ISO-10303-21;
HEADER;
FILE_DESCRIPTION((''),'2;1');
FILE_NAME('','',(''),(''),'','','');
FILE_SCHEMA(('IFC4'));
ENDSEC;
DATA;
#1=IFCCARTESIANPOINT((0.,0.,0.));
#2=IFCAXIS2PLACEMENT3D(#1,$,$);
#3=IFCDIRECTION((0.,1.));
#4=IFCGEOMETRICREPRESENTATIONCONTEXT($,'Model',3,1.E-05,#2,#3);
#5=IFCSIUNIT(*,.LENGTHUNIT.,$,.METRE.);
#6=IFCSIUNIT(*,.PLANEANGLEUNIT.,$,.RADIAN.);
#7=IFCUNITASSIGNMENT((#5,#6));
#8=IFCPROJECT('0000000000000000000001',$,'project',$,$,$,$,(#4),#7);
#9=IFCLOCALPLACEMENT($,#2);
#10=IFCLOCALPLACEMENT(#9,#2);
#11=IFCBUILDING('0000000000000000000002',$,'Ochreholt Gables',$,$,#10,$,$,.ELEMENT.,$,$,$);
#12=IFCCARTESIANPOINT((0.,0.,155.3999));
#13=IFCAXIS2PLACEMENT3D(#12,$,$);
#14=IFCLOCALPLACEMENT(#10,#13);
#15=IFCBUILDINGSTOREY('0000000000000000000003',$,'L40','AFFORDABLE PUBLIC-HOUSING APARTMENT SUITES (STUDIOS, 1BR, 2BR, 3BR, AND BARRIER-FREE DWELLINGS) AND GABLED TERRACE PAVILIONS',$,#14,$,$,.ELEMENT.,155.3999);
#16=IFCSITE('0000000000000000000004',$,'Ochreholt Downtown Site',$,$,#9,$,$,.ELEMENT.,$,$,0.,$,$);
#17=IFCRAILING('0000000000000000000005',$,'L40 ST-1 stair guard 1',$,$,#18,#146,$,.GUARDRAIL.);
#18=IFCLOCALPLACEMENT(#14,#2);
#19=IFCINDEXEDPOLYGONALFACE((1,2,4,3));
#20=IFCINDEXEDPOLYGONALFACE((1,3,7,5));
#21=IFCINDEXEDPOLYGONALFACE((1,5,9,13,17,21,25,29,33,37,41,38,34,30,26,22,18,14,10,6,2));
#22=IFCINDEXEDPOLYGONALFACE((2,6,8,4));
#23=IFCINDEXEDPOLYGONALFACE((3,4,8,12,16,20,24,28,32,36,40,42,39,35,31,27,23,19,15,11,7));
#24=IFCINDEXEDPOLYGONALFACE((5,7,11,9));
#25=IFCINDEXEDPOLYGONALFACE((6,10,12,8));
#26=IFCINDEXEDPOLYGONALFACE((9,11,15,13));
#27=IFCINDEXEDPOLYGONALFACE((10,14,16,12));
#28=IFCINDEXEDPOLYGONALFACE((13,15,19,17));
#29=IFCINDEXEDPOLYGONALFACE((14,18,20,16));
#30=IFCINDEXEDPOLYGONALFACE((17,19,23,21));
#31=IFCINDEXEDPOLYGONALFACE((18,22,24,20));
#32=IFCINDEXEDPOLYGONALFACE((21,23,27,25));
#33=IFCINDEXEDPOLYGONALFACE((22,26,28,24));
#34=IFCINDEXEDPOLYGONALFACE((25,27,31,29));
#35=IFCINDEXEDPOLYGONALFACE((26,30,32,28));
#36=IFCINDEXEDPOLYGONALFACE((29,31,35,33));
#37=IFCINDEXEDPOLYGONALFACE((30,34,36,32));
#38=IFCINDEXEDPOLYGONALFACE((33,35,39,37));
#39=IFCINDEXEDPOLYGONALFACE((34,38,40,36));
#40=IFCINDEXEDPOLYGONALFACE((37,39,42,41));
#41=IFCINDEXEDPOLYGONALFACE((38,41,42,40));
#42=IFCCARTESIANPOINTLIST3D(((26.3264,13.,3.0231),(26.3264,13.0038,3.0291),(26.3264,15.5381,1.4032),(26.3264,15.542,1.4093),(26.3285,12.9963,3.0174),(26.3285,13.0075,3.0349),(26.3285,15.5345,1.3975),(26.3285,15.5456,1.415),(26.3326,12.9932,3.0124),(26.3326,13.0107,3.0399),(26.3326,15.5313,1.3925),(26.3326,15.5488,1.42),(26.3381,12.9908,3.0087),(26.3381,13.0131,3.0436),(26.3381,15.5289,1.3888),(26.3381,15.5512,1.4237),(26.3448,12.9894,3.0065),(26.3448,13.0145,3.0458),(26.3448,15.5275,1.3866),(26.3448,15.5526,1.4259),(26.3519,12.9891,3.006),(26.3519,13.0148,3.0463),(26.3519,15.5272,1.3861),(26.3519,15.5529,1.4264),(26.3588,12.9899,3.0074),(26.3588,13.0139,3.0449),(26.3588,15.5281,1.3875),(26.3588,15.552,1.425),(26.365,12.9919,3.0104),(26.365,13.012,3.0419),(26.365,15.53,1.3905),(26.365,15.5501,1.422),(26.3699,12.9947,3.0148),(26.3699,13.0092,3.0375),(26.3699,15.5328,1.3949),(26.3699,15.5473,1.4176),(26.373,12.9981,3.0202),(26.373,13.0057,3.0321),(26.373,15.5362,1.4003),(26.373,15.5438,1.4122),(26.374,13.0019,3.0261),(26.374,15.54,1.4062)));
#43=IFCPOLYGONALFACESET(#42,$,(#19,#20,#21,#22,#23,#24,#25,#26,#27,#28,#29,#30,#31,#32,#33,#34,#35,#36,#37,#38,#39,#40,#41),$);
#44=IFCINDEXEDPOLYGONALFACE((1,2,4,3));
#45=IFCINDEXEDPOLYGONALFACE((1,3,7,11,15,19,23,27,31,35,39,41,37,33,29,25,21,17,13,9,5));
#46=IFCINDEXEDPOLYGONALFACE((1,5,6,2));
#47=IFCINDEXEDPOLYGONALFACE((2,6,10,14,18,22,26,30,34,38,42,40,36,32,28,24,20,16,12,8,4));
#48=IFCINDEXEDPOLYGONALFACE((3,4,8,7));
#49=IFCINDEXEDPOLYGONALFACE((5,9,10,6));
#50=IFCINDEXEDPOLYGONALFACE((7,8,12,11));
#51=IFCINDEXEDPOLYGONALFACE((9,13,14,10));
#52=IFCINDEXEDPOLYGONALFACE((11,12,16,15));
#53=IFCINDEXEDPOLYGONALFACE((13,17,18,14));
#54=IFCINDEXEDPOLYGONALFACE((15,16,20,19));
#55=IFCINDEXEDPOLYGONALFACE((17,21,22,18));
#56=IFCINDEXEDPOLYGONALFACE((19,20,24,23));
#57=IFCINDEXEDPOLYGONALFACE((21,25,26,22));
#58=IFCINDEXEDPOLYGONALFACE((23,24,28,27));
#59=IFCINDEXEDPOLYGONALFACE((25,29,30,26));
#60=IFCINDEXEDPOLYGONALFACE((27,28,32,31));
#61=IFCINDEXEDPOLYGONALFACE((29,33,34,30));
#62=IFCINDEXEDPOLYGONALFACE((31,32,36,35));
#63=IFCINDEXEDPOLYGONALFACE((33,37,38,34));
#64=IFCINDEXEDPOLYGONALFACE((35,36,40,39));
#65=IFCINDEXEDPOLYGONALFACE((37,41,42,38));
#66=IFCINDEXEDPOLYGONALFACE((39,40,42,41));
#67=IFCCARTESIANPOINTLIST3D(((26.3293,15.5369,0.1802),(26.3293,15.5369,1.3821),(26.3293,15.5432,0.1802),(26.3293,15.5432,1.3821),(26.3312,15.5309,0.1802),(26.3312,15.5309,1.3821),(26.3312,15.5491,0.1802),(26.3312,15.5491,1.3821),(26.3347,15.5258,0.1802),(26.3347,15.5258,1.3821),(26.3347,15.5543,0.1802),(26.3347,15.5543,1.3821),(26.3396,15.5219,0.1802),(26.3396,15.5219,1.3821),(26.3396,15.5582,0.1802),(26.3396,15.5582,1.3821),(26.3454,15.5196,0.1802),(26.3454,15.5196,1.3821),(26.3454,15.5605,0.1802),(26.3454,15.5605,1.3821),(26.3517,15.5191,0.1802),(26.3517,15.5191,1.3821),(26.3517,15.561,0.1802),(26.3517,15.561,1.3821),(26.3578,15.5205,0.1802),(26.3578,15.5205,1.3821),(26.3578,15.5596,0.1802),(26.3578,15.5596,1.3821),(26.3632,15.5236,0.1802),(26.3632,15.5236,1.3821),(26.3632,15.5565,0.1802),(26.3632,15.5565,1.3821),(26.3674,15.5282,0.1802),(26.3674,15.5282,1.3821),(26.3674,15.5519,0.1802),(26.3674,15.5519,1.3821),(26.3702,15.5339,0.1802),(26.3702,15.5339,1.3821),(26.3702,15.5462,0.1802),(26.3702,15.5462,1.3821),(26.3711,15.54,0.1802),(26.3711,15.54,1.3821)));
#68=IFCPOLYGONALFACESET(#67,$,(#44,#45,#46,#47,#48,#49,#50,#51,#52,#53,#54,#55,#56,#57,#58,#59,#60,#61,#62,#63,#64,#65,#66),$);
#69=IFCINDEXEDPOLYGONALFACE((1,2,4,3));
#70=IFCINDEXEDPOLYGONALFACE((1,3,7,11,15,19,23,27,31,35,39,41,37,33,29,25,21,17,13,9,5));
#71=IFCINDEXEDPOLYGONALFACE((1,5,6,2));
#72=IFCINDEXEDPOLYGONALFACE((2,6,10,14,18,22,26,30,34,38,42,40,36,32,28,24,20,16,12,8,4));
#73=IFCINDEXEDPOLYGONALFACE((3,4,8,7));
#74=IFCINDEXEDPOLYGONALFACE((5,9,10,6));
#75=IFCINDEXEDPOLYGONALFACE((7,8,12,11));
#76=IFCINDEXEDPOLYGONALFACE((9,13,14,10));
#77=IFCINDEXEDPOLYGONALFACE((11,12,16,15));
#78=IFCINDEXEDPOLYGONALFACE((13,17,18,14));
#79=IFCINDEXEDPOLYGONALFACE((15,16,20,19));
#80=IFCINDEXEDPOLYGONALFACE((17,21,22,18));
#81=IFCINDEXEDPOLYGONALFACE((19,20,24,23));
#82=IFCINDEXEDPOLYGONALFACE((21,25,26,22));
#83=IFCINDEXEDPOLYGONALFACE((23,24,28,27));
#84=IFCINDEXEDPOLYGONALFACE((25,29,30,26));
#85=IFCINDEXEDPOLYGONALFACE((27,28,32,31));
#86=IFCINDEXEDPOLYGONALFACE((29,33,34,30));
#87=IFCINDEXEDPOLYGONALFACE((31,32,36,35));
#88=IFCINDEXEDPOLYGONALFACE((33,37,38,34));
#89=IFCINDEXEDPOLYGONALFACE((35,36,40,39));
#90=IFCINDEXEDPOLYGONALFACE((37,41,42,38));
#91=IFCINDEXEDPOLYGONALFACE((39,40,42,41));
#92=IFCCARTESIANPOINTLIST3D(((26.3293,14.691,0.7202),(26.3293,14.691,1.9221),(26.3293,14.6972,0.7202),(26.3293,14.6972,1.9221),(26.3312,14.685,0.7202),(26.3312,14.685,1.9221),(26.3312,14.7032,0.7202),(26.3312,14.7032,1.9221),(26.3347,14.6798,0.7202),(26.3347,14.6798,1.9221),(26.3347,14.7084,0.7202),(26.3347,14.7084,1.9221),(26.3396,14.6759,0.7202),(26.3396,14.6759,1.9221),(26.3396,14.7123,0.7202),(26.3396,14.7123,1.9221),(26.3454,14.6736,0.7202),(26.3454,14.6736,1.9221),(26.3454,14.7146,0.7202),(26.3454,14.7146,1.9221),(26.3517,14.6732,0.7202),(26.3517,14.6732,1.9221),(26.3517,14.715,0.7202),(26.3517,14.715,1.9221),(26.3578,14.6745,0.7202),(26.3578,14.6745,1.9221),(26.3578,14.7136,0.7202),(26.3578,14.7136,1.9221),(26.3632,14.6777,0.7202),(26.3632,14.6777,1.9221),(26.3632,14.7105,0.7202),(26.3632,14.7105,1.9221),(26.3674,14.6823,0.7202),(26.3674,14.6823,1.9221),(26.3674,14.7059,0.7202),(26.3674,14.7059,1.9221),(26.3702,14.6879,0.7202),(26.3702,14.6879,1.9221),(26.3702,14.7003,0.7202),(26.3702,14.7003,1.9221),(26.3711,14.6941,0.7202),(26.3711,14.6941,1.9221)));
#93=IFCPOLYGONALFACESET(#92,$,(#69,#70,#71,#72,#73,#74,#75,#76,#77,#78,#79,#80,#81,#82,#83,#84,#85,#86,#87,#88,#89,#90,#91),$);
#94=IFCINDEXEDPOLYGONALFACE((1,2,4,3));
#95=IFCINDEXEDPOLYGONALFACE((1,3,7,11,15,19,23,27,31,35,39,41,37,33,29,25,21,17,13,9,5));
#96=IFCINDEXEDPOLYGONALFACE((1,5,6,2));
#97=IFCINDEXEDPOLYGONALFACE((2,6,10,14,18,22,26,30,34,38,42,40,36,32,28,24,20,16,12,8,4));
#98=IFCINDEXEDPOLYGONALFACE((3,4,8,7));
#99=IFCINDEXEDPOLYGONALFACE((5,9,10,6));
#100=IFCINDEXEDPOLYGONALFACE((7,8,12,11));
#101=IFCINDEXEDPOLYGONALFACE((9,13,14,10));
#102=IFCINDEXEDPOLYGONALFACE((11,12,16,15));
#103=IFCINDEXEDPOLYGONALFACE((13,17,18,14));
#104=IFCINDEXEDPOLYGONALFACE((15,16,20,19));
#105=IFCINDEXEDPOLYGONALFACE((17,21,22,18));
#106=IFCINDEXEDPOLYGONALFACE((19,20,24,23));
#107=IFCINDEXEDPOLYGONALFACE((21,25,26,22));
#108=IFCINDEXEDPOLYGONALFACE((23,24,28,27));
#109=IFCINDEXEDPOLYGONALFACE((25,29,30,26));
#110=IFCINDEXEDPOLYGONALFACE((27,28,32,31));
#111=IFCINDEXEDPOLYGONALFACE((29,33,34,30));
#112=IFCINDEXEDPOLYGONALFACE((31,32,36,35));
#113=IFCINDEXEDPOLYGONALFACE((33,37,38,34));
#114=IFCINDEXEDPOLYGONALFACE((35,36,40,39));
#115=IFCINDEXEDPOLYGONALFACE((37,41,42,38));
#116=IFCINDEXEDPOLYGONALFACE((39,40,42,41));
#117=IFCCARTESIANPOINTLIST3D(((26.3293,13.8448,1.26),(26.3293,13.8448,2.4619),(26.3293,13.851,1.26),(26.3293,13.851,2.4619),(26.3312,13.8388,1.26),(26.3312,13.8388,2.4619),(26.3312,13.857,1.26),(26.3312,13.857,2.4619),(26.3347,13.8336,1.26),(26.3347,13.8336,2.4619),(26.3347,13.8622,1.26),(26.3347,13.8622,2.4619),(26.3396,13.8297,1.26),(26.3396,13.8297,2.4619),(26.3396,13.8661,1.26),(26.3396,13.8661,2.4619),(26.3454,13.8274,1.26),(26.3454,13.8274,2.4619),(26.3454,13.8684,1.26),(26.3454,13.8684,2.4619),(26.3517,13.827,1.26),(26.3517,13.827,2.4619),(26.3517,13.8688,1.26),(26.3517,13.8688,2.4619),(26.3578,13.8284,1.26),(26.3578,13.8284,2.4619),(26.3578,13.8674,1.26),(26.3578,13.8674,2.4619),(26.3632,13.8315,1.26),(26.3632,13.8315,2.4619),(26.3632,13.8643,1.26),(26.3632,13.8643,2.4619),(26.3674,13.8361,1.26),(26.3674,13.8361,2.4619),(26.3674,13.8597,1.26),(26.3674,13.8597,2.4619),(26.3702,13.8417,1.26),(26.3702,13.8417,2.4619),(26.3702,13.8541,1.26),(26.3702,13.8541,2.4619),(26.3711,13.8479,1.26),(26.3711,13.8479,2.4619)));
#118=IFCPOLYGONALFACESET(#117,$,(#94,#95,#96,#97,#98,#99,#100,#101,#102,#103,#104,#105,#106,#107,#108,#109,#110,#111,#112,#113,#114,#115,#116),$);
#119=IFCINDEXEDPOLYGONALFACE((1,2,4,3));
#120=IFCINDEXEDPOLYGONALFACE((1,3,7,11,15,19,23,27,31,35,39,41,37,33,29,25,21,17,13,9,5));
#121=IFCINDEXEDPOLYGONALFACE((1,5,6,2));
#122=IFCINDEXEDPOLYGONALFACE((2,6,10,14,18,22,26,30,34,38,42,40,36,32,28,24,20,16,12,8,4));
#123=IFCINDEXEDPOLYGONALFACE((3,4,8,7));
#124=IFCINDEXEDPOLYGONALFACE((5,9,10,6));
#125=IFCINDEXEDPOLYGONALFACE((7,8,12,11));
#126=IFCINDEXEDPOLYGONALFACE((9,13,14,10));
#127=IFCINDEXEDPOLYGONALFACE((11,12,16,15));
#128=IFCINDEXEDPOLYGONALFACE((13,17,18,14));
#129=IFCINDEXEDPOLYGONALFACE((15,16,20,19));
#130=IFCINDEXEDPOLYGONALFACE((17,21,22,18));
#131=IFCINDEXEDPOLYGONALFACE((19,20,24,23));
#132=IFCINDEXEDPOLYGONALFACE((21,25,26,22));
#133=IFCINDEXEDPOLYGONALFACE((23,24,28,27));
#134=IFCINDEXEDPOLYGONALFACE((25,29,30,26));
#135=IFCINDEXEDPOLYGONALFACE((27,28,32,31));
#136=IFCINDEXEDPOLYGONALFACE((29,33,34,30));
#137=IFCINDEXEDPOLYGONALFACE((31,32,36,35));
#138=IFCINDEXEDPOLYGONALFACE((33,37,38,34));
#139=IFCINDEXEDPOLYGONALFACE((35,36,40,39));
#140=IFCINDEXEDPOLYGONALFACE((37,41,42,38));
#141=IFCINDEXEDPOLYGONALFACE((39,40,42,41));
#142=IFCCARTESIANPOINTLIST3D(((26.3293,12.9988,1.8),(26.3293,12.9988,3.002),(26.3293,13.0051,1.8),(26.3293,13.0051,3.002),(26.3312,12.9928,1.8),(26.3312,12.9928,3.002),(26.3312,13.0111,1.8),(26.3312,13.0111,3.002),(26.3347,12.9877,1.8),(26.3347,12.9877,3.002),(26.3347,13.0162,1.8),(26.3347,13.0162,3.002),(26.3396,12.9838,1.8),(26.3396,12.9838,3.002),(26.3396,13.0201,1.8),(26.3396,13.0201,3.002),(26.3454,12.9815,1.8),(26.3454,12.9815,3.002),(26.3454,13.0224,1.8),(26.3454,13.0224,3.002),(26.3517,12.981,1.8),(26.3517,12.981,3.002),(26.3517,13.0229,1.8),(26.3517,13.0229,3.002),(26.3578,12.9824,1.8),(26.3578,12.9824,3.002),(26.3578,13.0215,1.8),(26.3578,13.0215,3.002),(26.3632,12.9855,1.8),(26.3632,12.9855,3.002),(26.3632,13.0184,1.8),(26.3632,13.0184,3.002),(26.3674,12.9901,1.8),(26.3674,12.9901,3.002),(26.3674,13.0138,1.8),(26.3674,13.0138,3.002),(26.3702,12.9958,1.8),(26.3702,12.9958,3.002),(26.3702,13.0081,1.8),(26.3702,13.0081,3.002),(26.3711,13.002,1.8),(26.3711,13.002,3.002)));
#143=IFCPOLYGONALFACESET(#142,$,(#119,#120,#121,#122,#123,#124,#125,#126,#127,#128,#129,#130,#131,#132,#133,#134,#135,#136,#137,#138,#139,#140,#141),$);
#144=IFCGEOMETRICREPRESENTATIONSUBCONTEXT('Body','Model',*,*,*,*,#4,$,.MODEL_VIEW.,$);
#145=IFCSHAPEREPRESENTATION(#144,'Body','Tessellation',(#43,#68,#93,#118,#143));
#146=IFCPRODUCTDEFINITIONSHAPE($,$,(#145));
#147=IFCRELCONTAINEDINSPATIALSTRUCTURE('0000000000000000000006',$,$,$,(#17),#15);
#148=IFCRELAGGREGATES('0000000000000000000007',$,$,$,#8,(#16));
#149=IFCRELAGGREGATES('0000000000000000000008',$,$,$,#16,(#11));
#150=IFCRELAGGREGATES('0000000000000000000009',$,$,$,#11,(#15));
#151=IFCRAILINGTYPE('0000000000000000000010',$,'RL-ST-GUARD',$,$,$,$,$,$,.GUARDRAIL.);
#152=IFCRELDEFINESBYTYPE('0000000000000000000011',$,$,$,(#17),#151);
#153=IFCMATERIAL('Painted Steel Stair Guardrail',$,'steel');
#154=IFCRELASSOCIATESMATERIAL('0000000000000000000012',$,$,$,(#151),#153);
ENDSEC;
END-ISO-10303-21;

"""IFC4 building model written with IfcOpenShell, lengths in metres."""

from ifc_helpers import new_model, si_unit, direction, frame, origin, origin_2d, place, context, subcontext, project, spatial, circle, extrude, material, type_object, element, save


model = new_model("IFC4")

# Units and contexts
model_context = context("Model", 3, precision=1e-05, world=origin(), true_north=direction((0.0, 1.0)))
body_context = subcontext(model_context, "Body", "Model", "MODEL_VIEW")
ifc_project = project(units=[si_unit("LENGTHUNIT", "METRE"), si_unit("PLANEANGLEUNIT", "RADIAN")], contexts=[model_context])

# Site, building, storey
site_placement = place(None, origin())
site = spatial("IfcSite", under=ifc_project, at=site_placement, Name="Ochreholt Downtown Site", CompositionType="ELEMENT", RefElevation=0.0)
building_placement = place(site_placement, origin())
building = spatial("IfcBuilding", under=site, at=building_placement, Name="Ochreholt Gables", CompositionType="ELEMENT")
storey_placement = place(building_placement, frame((0.0, 0.0, 155.3999)))
storey = spatial("IfcBuildingStorey", under=building, at=storey_placement, Name="L40", Description="AFFORDABLE PUBLIC-HOUSING APARTMENT SUITES (STUDIOS, 1BR, 2BR, 3BR, AND BARRIER-FREE DWELLINGS) AND GABLED TERRACE PAVILIONS", CompositionType="ELEMENT", Elevation=155.3999)

# Railing
ifc_material_1 = material(Name="Painted Steel Stair Guardrail", Category="steel")
railing_type_1 = type_object("IfcRailingType", Name="RL-ST-GUARD", PredefinedType="GUARDRAIL", material=ifc_material_1)
railing_1_placement = place(storey_placement, frame((26.3501, 15.54, 0.1802)))
element("IfcRailing", 1, at=railing_1_placement, inside=storey, type_object=railing_type_1, Name="L40 ST-1 stair guard 1", PredefinedType="GUARDRAIL", context=body_context, shape_type="SweptSolid", body=[
    extrude(circle(Radius=0.0239, at=origin_2d()), frame((0.0, 0.0, 1.2261), z_axis=(0.0, -0.84295, 0.537993), x_axis=(1.0, 0.0, 0.0)), (0.0, 0.0, 1.0), 3.011),
    extrude(circle(Radius=0.021, at=origin_2d()), origin(), (0.0, 0.0, 1.0), 1.2019),
    extrude(circle(Radius=0.021, at=origin_2d()), frame((0.0, -0.8459, 0.54)), (0.0, 0.0, 1.0), 1.2019),
    extrude(circle(Radius=0.021, at=origin_2d()), frame((0.0, -1.6921, 1.0798)), (0.0, 0.0, 1.0), 1.2019),
    extrude(circle(Radius=0.021, at=origin_2d()), frame((0.0, -2.5381, 1.6199)), (0.0, 0.0, 1.0), 1.2019),
])

save(model, "model.ifc")
